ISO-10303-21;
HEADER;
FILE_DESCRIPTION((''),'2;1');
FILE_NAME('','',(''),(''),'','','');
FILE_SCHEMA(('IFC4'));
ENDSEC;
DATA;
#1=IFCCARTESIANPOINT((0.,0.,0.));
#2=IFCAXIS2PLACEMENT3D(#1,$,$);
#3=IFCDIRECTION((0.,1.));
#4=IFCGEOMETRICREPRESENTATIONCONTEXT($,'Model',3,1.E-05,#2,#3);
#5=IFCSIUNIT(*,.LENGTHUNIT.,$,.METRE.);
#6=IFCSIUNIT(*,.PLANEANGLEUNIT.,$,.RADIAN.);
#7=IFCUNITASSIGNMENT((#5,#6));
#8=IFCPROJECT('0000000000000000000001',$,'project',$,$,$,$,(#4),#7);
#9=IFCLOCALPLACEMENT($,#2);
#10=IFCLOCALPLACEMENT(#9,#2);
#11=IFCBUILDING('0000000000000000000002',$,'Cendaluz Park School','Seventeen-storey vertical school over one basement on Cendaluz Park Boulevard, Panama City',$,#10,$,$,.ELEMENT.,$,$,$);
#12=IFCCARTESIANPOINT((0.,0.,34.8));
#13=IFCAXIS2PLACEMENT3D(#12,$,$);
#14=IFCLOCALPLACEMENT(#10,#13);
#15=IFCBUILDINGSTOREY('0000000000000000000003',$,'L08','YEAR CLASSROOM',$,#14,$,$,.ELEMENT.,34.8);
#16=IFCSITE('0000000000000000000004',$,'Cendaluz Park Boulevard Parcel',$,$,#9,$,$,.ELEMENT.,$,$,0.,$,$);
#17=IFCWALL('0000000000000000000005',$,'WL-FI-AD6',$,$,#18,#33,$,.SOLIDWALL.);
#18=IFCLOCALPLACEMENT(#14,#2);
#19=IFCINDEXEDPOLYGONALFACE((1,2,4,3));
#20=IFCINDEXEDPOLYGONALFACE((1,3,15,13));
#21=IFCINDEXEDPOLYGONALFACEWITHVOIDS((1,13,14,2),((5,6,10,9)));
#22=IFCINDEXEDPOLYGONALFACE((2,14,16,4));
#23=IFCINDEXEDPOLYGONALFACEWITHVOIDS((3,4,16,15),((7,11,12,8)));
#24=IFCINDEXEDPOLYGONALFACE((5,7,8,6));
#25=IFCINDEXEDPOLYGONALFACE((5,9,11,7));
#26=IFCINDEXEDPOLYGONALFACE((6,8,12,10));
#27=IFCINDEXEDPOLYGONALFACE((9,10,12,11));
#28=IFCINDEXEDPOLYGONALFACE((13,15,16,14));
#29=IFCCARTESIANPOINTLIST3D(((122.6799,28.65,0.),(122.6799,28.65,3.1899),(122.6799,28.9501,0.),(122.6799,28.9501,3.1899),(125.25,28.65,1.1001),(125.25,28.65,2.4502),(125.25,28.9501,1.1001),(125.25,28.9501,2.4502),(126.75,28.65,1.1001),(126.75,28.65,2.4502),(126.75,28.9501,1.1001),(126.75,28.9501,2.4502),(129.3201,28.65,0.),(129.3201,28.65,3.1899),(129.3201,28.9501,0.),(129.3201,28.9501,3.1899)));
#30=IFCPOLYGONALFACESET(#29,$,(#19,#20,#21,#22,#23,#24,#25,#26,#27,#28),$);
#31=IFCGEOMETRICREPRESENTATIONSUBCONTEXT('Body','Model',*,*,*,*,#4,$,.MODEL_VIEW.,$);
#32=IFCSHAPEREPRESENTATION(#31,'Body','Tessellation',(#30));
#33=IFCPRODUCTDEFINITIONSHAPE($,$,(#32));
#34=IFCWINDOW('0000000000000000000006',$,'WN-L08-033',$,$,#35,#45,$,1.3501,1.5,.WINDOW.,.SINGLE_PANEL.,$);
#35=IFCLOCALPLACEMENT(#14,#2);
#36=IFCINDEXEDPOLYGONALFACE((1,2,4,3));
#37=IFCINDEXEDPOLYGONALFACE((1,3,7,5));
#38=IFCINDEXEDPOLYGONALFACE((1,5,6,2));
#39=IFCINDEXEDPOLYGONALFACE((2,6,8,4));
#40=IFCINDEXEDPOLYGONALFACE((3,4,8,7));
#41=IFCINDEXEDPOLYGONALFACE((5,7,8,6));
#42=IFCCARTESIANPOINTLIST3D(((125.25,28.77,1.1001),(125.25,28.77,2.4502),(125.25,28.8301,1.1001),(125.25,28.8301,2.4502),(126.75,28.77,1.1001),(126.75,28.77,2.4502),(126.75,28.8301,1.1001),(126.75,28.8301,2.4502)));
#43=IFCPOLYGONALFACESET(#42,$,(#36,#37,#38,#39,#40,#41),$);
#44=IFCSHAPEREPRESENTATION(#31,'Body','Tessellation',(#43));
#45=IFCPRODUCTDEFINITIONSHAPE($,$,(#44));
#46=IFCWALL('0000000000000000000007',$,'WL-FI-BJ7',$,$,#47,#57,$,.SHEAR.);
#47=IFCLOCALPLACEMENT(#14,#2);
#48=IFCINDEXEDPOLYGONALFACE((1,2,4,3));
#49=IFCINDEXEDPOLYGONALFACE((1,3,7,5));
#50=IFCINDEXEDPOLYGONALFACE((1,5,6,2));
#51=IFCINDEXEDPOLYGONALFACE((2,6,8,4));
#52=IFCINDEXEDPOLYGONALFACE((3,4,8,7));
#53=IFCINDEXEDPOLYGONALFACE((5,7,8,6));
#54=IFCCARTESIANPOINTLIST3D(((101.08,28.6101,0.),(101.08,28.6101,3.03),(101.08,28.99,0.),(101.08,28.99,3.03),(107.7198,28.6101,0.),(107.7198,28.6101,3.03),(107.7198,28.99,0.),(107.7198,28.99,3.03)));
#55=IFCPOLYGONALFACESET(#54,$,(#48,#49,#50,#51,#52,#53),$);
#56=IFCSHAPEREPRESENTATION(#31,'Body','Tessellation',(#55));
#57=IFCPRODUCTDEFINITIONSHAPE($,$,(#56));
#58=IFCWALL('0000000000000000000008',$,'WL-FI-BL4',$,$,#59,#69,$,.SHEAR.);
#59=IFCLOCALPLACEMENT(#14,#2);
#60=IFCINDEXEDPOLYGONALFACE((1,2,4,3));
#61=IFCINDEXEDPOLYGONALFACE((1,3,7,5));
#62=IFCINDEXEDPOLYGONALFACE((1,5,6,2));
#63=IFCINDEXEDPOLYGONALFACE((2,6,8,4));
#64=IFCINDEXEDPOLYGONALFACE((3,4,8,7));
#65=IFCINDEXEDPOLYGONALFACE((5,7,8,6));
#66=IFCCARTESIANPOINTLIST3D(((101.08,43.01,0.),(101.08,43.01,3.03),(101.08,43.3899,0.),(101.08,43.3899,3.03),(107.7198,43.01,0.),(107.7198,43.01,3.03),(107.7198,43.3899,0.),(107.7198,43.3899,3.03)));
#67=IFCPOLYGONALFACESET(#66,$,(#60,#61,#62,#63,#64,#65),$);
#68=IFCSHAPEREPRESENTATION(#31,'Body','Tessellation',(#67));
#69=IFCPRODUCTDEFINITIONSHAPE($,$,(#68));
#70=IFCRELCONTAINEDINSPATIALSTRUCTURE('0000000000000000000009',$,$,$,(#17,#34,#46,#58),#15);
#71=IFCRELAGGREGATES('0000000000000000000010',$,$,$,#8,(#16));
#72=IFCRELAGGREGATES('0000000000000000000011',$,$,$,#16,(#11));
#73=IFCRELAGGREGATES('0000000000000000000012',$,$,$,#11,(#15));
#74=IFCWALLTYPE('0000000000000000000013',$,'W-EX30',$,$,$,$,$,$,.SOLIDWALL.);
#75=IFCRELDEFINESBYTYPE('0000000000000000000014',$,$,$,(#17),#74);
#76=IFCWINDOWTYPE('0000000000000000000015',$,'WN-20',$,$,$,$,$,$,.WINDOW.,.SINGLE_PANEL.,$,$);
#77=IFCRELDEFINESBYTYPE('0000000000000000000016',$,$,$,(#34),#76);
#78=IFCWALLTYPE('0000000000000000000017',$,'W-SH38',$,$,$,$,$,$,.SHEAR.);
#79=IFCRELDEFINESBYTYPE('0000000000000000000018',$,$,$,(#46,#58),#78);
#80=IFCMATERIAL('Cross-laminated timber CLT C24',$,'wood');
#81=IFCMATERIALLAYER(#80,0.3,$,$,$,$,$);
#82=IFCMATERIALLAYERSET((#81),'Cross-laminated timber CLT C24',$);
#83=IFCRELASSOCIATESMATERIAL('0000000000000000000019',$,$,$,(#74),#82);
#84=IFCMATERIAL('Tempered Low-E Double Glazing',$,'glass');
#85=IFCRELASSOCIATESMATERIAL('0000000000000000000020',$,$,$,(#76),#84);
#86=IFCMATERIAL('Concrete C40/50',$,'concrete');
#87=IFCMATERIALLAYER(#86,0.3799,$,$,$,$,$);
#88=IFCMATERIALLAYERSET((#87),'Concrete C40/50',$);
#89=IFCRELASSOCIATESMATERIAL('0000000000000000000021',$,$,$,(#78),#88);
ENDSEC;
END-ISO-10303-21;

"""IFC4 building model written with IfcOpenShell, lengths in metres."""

from ifc_helpers import new_model, si_unit, direction, frame, frame_2d, origin, place, context, subcontext, project, spatial, rectangle, extrude, material, layer, layer_set, type_object, element, fill, save


model = new_model("IFC4")

# Units and contexts
model_context = context("Model", 3, precision=1e-05, world=origin(), true_north=direction((0.0, 1.0)))
body_context = subcontext(model_context, "Body", "Model", "MODEL_VIEW")
ifc_project = project(units=[si_unit("LENGTHUNIT", "METRE"), si_unit("PLANEANGLEUNIT", "RADIAN")], contexts=[model_context])

# Site, building, storey
site_placement = place(None, origin())
site = spatial("IfcSite", under=ifc_project, at=site_placement, Name="Cendaluz Park Boulevard Parcel", CompositionType="ELEMENT", RefElevation=0.0)
building_placement = place(site_placement, origin())
building = spatial("IfcBuilding", under=site, at=building_placement, Name="Cendaluz Park School", Description="Seventeen-storey vertical school over one basement on Cendaluz Park Boulevard, Panama City", CompositionType="ELEMENT")
storey_placement = place(building_placement, frame((0.0, 0.0, 34.8)))
storey = spatial("IfcBuildingStorey", under=building, at=storey_placement, Name="L08", Description="YEAR CLASSROOM", CompositionType="ELEMENT", Elevation=34.8)

# Shared definitions
ifc_material_1 = material(Name="Cross-laminated timber CLT C24", Category="wood")
ifc_layer_1 = layer(ifc_material_1, 0.3)
ifc_layer_set_1 = layer_set([ifc_layer_1], Name="Cross-laminated timber CLT C24")
wall_type_1 = type_object("IfcWallType", Name="W-EX30", PredefinedType="SOLIDWALL", material=ifc_layer_set_1)

# Wall, opening, window
ifc_material_2 = material(Name="Tempered Low-E Double Glazing", Category="glass")
window_type_1 = type_object("IfcWindowType", Name="WN-20", PartitioningType="SINGLE_PANEL", PredefinedType="WINDOW", material=ifc_material_2)
wall_1_placement = place(storey_placement, frame((122.6799, 28.8, 0.0), z_axis=(0.0, 0.0, 1.0), x_axis=(1.0, 0.0, 0.0)))
wall_1 = element("IfcWall", 1, at=wall_1_placement, inside=storey, type_object=wall_type_1, Name="WL-FI-AD6", PredefinedType="SOLIDWALL", context=body_context, shape_type="SweptSolid", body=[
    extrude(rectangle(XDim=6.6401, YDim=0.3, at=frame_2d((3.3201, 0.0))), origin(), (0.0, 0.0, 1.0), 3.1899),
])
opening_1_placement = place(wall_1_placement, frame((2.5701, 0.0, 1.1001)))
opening_1 = element("IfcOpeningElement", 2, at=opening_1_placement, cuts=wall_1, PredefinedType="OPENING", context=body_context, shape_type="SweptSolid", body=[
    extrude(rectangle(XDim=1.5, YDim=1.3501, at=frame_2d((0.75, 0.675))), frame((0.0, 0.1621, 0.0), z_axis=(0.0, -1.0, 0.0), x_axis=(1.0, 0.0, 0.0)), (0.0, 0.0, 1.0), 0.324),
])
window_1_placement = place(opening_1_placement, origin())
window_1 = element("IfcWindow", 3, at=window_1_placement, inside=storey, type_object=window_type_1, Name="WN-L08-033", OverallHeight=1.3501, OverallWidth=1.5, PartitioningType="SINGLE_PANEL", PredefinedType="WINDOW", context=body_context, shape_type="SweptSolid", body=[
    extrude(rectangle(XDim=1.5, YDim=1.3501, at=frame_2d((0.75, 0.675))), frame((0.0, 0.03, 0.0), z_axis=(0.0, -1.0, 0.0), x_axis=(1.0, 0.0, 0.0)), (0.0, 0.0, 1.0), 0.0601),
])
fill(opening_1, window_1)

# Walls
ifc_material_3 = material(Name="Concrete C40/50", Category="concrete")
ifc_layer_2 = layer(ifc_material_3, 0.3799)
ifc_layer_set_2 = layer_set([ifc_layer_2], Name="Concrete C40/50")
wall_type_2 = type_object("IfcWallType", Name="W-SH38", PredefinedType="SHEAR", material=ifc_layer_set_2)
for number, where, z_axis, x_axis, name in (
    (4, (101.0801, 28.8, 0.0), (0.0, 0.0, 1.0), (1.0, 0.0, 0.0), "WL-FI-BJ7"),
    (5, (101.0801, 43.2, 0.0), (0.0, 0.0, 1.0), (1.0, 0.0, 0.0), "WL-FI-BL4"),
):
    element("IfcWall", number, at=place(storey_placement, frame(where, z_axis=z_axis, x_axis=x_axis)), inside=storey, type_object=wall_type_2, Name=name, PredefinedType="SHEAR", context=body_context, shape_type="SweptSolid", body=[
        extrude(rectangle(XDim=6.6399, YDim=0.3799, at=frame_2d((3.3198, 0.0))), origin(), (0.0, 0.0, 1.0), 3.03),
    ])

save(model, "model.ifc")
